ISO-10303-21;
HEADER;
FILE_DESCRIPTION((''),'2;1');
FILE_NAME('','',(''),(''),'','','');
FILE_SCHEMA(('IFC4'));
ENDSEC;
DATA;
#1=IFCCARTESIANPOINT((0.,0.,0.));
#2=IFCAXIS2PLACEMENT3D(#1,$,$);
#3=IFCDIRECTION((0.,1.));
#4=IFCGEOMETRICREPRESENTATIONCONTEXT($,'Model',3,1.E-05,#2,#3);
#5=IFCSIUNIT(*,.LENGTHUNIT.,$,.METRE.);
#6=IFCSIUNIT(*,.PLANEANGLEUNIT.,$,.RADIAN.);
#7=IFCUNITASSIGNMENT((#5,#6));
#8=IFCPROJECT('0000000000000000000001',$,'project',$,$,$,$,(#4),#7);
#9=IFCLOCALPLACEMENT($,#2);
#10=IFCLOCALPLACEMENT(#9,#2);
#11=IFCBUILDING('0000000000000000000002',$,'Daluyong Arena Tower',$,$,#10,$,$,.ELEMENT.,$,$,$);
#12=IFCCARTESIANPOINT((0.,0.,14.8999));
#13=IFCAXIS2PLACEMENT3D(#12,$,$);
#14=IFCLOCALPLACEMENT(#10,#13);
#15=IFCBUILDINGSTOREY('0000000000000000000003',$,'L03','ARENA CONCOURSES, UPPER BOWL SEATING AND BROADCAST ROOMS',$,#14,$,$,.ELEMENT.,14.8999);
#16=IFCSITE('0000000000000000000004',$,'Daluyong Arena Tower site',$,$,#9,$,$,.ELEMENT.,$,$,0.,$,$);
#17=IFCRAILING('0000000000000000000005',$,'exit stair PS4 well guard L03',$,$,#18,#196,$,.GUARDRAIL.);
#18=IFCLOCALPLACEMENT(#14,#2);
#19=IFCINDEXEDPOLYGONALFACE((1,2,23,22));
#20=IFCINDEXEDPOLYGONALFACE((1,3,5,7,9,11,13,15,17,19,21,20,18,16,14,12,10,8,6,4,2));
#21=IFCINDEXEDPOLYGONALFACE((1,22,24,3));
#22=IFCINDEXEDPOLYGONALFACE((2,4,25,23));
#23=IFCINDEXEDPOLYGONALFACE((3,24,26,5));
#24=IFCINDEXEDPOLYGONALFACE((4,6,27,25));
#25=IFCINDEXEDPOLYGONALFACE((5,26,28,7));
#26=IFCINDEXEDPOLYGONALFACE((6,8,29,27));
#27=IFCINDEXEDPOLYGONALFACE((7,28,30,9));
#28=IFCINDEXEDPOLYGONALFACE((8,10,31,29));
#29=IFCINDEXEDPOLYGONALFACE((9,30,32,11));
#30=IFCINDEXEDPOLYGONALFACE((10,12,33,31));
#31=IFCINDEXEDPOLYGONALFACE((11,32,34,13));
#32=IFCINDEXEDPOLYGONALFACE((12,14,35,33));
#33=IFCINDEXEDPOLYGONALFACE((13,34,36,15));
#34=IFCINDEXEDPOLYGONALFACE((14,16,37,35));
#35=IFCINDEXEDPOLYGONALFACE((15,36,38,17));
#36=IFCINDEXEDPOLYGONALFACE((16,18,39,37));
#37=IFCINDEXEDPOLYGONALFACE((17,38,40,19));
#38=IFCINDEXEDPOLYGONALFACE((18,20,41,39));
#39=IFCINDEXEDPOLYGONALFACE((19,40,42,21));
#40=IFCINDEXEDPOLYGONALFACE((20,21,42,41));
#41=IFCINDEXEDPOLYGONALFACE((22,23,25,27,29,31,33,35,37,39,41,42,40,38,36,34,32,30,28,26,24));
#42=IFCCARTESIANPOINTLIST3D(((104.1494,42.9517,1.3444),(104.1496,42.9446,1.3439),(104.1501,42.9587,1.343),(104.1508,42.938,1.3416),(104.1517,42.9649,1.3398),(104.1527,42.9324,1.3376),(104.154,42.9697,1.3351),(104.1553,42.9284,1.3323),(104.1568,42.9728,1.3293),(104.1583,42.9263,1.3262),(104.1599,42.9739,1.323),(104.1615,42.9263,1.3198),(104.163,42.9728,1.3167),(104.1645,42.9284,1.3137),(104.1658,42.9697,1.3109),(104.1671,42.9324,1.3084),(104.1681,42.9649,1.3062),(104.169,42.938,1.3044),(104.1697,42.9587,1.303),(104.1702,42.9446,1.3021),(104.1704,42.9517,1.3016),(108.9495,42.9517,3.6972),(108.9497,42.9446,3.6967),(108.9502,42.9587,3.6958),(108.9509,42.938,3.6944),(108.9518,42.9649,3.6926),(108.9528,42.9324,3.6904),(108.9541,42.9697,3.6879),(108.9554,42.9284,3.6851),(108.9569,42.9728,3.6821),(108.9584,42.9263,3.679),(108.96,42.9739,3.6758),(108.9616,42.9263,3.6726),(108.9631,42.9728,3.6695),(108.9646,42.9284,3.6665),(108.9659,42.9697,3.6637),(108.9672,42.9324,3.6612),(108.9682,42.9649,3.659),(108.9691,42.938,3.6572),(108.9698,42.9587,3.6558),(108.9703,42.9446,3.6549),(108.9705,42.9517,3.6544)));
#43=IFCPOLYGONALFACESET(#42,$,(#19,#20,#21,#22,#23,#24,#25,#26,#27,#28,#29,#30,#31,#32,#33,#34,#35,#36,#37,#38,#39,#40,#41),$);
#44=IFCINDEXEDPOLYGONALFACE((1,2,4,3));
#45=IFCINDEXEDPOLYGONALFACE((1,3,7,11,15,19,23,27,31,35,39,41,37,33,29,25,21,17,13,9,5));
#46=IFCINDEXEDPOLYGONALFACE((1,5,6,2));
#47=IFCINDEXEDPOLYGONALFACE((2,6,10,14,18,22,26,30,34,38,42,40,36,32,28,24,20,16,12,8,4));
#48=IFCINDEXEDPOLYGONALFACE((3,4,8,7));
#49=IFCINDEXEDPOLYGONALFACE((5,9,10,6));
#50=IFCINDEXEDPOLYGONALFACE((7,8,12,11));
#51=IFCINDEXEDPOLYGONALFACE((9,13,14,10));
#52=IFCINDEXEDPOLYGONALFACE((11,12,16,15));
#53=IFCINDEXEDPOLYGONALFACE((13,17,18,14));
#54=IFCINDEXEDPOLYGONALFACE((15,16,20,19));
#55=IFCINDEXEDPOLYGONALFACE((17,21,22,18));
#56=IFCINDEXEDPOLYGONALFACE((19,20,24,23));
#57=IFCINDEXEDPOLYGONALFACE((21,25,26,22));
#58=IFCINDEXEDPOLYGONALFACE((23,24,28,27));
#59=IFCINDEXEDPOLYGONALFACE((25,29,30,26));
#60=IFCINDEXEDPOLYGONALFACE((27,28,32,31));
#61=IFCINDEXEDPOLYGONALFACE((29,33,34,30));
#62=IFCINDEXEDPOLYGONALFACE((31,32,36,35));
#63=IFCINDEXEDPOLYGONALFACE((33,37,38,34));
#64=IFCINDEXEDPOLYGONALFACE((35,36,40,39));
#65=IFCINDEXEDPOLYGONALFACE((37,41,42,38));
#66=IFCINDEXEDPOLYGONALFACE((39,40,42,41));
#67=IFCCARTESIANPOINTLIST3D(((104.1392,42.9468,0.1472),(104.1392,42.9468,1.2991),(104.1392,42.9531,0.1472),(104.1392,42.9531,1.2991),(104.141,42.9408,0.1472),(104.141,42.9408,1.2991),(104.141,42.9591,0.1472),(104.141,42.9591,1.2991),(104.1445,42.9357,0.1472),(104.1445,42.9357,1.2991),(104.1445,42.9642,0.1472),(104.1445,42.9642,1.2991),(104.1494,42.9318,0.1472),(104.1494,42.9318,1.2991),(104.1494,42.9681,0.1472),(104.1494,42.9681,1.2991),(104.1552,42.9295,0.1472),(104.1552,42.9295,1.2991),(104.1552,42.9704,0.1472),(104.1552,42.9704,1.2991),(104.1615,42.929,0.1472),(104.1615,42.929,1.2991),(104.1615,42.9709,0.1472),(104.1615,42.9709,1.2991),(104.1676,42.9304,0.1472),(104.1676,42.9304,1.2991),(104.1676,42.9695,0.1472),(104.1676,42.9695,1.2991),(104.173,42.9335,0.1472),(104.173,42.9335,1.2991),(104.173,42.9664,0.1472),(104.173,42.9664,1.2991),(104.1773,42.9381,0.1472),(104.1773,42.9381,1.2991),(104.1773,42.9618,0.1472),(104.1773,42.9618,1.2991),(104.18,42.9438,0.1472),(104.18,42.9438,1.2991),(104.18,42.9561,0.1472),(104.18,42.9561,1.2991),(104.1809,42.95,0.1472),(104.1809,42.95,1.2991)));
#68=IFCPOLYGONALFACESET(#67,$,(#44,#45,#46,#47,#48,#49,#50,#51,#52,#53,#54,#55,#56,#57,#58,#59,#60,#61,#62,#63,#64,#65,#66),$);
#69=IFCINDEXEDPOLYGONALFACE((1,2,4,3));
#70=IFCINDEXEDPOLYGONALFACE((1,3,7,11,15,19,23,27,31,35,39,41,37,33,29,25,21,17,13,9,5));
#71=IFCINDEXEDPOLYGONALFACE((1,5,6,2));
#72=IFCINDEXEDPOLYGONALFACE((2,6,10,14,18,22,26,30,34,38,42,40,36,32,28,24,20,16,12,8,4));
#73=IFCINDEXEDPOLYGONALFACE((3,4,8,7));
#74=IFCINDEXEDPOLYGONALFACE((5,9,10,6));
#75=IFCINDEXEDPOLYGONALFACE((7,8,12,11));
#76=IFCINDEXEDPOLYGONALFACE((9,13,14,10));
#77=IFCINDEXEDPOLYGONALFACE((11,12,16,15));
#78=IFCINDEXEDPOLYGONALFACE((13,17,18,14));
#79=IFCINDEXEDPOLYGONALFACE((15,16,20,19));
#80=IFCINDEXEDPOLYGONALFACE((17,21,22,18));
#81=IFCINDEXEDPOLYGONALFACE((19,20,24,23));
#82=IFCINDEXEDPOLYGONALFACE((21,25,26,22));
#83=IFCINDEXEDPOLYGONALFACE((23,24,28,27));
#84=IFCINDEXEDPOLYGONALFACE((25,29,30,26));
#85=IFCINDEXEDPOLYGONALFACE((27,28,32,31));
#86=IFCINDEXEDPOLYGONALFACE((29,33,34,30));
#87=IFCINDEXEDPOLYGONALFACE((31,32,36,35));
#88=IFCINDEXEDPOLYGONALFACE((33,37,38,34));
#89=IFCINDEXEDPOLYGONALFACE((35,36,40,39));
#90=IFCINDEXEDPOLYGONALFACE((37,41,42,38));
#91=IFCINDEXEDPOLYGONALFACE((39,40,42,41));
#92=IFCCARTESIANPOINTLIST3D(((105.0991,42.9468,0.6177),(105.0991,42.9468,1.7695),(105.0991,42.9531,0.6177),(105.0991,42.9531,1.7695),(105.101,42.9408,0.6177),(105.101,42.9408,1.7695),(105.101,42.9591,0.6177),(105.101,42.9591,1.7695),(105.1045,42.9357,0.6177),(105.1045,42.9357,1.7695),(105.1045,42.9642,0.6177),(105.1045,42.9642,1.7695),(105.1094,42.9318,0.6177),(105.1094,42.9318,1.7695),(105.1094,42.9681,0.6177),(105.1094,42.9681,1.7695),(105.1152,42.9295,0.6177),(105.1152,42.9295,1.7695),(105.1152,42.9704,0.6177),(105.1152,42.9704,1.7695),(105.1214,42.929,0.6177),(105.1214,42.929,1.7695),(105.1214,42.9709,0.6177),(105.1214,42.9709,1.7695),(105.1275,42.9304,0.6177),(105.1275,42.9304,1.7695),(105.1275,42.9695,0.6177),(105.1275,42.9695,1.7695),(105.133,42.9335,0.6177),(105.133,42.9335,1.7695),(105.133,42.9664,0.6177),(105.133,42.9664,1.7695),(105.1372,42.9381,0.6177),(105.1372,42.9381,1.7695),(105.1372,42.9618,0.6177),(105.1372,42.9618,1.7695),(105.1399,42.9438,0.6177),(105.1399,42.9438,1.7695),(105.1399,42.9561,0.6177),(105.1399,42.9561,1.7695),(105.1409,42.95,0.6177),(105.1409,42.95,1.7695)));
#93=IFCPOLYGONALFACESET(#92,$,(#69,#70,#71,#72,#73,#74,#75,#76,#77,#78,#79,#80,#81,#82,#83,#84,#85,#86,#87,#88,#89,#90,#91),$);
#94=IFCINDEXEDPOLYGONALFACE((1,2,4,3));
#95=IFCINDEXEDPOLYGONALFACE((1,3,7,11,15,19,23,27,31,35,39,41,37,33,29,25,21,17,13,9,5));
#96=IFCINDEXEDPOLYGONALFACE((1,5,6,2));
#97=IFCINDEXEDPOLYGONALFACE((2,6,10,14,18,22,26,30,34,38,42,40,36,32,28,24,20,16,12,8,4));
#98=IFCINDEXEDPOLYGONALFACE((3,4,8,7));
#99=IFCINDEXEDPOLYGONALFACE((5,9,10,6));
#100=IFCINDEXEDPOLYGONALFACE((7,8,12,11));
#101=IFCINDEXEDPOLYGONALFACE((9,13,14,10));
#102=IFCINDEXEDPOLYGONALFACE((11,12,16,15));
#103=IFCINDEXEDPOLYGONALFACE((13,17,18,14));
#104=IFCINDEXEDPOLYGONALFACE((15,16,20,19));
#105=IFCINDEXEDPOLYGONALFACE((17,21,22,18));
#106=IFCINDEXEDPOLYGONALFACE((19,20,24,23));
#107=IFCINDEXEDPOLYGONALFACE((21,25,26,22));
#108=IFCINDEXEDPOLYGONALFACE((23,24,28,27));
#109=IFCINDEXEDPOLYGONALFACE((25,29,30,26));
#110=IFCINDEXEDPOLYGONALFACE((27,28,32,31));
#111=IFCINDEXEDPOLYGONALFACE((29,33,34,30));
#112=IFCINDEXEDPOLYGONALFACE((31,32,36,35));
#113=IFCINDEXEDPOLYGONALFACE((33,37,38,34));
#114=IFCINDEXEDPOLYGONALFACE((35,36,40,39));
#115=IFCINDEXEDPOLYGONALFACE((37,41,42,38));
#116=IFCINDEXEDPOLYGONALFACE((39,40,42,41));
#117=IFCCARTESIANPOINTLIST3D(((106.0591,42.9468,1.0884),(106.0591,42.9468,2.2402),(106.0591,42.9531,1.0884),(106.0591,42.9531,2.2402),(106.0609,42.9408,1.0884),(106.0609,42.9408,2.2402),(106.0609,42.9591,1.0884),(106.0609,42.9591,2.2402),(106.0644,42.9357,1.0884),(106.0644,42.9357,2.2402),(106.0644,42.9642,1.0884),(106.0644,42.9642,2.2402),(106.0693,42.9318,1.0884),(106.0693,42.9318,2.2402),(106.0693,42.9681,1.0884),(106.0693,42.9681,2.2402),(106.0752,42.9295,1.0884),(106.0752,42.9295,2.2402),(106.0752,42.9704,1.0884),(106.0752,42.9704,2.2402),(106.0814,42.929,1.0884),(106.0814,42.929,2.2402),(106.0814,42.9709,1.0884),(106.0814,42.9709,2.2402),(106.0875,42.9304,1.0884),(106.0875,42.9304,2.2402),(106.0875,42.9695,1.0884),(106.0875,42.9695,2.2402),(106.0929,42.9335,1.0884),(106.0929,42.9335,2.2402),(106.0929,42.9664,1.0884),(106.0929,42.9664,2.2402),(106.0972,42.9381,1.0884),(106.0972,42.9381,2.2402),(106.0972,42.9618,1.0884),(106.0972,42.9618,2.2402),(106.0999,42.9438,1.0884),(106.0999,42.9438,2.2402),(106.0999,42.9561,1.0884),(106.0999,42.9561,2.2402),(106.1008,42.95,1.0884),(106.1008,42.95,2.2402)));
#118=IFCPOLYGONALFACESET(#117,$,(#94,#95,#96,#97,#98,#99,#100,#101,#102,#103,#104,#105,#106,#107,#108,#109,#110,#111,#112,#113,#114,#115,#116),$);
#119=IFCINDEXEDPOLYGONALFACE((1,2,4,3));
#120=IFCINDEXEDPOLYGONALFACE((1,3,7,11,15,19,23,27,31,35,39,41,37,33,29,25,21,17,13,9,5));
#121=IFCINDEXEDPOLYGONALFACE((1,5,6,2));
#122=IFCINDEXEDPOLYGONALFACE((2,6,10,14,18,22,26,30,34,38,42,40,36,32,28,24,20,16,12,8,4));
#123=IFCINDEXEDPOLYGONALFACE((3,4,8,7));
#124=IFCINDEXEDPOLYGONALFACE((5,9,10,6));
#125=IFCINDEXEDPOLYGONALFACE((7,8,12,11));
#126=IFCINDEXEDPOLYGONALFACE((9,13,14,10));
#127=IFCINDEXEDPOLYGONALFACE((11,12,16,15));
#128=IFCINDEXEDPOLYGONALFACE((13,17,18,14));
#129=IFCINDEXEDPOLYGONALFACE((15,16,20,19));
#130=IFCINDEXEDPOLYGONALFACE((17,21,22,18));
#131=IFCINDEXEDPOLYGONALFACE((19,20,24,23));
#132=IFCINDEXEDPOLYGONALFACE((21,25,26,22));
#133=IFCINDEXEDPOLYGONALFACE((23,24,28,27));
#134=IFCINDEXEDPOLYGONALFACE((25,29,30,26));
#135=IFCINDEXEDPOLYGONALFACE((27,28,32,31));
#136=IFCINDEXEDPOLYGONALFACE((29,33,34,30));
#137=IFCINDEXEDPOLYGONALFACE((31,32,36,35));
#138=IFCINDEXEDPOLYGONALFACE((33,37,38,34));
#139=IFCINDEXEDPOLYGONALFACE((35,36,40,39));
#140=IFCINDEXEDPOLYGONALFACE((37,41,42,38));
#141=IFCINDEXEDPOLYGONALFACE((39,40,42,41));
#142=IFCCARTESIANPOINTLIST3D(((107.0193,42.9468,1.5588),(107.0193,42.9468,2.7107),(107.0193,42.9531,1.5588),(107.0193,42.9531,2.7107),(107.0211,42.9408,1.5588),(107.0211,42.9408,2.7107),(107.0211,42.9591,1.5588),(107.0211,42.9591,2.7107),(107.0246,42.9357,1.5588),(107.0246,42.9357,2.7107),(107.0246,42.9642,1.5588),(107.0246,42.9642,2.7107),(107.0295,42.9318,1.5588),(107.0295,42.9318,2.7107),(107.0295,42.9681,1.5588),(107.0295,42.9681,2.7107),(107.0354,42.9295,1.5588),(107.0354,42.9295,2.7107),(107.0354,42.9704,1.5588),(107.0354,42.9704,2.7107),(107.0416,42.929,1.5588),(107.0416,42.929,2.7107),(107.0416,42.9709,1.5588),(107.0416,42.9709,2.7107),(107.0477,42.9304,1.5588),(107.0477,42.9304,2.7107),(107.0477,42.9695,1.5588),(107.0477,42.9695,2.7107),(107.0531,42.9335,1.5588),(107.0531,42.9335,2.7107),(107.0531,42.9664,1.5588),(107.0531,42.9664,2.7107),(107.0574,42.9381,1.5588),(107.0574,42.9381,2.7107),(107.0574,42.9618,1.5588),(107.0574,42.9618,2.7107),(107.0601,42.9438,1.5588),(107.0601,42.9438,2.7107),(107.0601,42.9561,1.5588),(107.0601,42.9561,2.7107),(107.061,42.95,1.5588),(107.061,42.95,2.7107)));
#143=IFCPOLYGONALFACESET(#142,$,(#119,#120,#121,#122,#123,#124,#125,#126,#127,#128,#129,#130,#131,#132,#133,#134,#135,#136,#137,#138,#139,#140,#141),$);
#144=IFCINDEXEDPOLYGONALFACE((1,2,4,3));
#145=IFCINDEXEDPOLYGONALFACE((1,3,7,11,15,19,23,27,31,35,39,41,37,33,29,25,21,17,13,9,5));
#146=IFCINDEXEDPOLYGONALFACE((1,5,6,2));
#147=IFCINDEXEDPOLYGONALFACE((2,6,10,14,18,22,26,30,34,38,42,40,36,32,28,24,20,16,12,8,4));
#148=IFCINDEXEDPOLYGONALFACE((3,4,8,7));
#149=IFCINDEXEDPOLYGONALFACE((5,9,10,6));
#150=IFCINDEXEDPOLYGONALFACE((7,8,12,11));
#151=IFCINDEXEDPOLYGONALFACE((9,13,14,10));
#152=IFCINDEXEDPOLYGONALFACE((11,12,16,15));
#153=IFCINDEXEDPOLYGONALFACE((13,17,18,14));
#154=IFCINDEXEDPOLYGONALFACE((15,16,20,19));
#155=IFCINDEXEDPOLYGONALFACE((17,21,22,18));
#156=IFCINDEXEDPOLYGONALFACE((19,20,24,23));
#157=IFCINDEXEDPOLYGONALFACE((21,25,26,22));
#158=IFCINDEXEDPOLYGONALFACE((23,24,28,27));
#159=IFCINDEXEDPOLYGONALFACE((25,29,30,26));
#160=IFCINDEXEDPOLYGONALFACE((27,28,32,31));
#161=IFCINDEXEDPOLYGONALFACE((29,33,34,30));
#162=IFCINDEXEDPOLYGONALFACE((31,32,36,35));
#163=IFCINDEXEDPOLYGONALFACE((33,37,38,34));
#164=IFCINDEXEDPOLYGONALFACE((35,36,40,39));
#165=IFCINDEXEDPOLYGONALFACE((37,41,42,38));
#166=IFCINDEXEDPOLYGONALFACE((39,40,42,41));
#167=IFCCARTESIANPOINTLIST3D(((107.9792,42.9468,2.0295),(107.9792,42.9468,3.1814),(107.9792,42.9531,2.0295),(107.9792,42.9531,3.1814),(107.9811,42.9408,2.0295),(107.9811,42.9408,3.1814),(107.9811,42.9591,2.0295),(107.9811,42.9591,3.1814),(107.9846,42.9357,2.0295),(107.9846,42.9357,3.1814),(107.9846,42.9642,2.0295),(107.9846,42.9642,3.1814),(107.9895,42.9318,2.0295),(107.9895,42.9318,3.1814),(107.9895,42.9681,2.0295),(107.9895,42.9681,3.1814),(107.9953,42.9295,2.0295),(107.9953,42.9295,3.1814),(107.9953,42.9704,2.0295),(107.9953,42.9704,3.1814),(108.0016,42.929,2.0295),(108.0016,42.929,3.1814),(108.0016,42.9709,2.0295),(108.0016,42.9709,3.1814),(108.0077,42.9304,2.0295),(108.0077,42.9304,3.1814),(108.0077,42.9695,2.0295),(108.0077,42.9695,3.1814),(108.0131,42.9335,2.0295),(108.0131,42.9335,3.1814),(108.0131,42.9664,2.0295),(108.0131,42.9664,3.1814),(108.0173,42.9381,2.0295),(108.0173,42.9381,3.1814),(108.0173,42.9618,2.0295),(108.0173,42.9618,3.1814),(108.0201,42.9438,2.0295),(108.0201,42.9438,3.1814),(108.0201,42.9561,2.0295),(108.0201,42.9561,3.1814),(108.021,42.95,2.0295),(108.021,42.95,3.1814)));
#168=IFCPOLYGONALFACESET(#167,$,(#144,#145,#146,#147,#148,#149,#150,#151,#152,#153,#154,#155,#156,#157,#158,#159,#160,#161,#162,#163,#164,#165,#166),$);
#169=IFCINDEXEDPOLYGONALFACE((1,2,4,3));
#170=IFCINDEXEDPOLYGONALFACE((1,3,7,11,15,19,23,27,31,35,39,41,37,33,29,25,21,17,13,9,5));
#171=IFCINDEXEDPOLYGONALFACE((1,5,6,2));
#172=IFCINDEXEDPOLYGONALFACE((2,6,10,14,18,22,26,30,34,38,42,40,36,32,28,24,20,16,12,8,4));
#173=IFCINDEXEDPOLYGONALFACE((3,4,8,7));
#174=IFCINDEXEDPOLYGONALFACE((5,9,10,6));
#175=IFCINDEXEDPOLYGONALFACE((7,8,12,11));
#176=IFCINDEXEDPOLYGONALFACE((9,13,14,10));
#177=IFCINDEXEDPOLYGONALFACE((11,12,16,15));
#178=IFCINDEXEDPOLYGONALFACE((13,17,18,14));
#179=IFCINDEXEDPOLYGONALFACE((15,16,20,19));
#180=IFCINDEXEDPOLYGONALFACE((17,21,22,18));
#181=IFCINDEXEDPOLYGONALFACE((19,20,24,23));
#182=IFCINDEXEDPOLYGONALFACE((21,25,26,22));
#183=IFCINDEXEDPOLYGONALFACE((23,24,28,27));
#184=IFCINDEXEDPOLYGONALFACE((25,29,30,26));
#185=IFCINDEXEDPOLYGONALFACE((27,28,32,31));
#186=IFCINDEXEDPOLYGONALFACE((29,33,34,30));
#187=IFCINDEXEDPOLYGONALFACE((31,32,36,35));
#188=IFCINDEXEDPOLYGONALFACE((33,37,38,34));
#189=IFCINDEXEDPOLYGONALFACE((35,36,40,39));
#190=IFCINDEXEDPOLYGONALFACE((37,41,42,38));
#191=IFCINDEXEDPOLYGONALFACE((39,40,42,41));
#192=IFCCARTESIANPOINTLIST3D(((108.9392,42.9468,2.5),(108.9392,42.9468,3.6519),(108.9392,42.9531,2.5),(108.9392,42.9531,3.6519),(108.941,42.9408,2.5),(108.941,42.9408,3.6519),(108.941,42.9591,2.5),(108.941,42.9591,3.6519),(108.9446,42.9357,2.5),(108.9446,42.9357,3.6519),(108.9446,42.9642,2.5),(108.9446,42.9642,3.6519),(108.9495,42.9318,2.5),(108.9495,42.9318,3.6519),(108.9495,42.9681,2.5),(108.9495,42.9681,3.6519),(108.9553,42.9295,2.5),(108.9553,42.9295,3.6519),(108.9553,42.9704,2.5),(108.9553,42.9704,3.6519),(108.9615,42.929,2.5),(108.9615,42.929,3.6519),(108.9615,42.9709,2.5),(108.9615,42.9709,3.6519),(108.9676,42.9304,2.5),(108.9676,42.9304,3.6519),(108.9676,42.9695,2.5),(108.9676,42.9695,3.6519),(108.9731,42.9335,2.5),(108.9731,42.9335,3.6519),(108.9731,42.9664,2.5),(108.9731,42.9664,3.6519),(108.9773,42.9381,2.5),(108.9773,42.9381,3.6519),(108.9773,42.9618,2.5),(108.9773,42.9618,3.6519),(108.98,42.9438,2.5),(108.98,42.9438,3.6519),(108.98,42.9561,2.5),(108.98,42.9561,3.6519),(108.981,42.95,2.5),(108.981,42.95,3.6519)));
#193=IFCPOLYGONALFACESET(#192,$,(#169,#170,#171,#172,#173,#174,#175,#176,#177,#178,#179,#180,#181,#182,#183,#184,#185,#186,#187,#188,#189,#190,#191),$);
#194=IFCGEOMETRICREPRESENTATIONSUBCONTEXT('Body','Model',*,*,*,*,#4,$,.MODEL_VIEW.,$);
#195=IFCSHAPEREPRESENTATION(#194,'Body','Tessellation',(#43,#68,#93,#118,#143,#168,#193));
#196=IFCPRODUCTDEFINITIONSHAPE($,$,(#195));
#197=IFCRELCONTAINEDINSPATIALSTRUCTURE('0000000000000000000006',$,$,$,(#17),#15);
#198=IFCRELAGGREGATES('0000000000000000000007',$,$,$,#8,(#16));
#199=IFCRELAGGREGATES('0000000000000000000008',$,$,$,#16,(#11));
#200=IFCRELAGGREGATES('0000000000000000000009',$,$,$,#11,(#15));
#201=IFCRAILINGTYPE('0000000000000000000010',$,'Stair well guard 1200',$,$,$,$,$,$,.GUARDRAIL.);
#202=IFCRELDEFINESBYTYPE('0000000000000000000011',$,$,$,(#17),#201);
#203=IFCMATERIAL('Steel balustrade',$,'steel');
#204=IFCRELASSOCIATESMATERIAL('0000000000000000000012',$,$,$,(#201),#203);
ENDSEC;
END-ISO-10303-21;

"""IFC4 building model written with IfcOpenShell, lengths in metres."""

from ifc_helpers import new_model, si_unit, direction, frame, origin, origin_2d, place, context, subcontext, project, spatial, circle, extrude, material, type_object, element, save


model = new_model("IFC4")

# Units and contexts
model_context = context("Model", 3, precision=1e-05, world=origin(), true_north=direction((0.0, 1.0)))
body_context = subcontext(model_context, "Body", "Model", "MODEL_VIEW")
ifc_project = project(units=[si_unit("LENGTHUNIT", "METRE"), si_unit("PLANEANGLEUNIT", "RADIAN")], contexts=[model_context])

# Site, building, storey
site_placement = place(None, origin())
site = spatial("IfcSite", under=ifc_project, at=site_placement, Name="Daluyong Arena Tower site", CompositionType="ELEMENT", RefElevation=0.0)
building_placement = place(site_placement, origin())
building = spatial("IfcBuilding", under=site, at=building_placement, Name="Daluyong Arena Tower", CompositionType="ELEMENT")
storey_placement = place(building_placement, frame((0.0, 0.0, 14.8999)))
storey = spatial("IfcBuildingStorey", under=building, at=storey_placement, Name="L03", Description="ARENA CONCOURSES, UPPER BOWL SEATING AND BROADCAST ROOMS", CompositionType="ELEMENT", Elevation=14.8999)

# Railing
ifc_material_1 = material(Name="Steel balustrade", Category="steel")
railing_type_1 = type_object("IfcRailingType", Name="Stair well guard 1200", PredefinedType="GUARDRAIL", material=ifc_material_1)
railing_1_placement = place(storey_placement, frame((104.1599, 42.95, 0.1472)))
element("IfcRailing", 1, at=railing_1_placement, inside=storey, type_object=railing_type_1, Name="exit stair PS4 well guard L03", PredefinedType="GUARDRAIL", context=body_context, shape_type="SweptSolid", body=[
    extrude(circle(Radius=0.0239, at=origin_2d()), frame((0.0, 0.0, 1.1758), z_axis=(0.897934, 0.0, 0.44013), x_axis=(0.0, 1.0, 0.0)), (0.0, 0.0, 1.0), 5.3457),
    extrude(circle(Radius=0.021, at=origin_2d()), origin(), (0.0, 0.0, 1.0), 1.1519),
    extrude(circle(Radius=0.021, at=origin_2d()), frame((0.96, 0.0, 0.4705)), (0.0, 0.0, 1.0), 1.1519),
    extrude(circle(Radius=0.021, at=origin_2d()), frame((1.9199, 0.0, 0.9412)), (0.0, 0.0, 1.0), 1.1519),
    extrude(circle(Radius=0.021, at=origin_2d()), frame((2.8801, 0.0, 1.4116)), (0.0, 0.0, 1.0), 1.1519),
    extrude(circle(Radius=0.021, at=origin_2d()), frame((3.8401, 0.0, 1.8823)), (0.0, 0.0, 1.0), 1.1519),
    extrude(circle(Radius=0.021, at=origin_2d()), frame((4.8, 0.0, 2.3528)), (0.0, 0.0, 1.0), 1.1519),
])

save(model, "model.ifc")
